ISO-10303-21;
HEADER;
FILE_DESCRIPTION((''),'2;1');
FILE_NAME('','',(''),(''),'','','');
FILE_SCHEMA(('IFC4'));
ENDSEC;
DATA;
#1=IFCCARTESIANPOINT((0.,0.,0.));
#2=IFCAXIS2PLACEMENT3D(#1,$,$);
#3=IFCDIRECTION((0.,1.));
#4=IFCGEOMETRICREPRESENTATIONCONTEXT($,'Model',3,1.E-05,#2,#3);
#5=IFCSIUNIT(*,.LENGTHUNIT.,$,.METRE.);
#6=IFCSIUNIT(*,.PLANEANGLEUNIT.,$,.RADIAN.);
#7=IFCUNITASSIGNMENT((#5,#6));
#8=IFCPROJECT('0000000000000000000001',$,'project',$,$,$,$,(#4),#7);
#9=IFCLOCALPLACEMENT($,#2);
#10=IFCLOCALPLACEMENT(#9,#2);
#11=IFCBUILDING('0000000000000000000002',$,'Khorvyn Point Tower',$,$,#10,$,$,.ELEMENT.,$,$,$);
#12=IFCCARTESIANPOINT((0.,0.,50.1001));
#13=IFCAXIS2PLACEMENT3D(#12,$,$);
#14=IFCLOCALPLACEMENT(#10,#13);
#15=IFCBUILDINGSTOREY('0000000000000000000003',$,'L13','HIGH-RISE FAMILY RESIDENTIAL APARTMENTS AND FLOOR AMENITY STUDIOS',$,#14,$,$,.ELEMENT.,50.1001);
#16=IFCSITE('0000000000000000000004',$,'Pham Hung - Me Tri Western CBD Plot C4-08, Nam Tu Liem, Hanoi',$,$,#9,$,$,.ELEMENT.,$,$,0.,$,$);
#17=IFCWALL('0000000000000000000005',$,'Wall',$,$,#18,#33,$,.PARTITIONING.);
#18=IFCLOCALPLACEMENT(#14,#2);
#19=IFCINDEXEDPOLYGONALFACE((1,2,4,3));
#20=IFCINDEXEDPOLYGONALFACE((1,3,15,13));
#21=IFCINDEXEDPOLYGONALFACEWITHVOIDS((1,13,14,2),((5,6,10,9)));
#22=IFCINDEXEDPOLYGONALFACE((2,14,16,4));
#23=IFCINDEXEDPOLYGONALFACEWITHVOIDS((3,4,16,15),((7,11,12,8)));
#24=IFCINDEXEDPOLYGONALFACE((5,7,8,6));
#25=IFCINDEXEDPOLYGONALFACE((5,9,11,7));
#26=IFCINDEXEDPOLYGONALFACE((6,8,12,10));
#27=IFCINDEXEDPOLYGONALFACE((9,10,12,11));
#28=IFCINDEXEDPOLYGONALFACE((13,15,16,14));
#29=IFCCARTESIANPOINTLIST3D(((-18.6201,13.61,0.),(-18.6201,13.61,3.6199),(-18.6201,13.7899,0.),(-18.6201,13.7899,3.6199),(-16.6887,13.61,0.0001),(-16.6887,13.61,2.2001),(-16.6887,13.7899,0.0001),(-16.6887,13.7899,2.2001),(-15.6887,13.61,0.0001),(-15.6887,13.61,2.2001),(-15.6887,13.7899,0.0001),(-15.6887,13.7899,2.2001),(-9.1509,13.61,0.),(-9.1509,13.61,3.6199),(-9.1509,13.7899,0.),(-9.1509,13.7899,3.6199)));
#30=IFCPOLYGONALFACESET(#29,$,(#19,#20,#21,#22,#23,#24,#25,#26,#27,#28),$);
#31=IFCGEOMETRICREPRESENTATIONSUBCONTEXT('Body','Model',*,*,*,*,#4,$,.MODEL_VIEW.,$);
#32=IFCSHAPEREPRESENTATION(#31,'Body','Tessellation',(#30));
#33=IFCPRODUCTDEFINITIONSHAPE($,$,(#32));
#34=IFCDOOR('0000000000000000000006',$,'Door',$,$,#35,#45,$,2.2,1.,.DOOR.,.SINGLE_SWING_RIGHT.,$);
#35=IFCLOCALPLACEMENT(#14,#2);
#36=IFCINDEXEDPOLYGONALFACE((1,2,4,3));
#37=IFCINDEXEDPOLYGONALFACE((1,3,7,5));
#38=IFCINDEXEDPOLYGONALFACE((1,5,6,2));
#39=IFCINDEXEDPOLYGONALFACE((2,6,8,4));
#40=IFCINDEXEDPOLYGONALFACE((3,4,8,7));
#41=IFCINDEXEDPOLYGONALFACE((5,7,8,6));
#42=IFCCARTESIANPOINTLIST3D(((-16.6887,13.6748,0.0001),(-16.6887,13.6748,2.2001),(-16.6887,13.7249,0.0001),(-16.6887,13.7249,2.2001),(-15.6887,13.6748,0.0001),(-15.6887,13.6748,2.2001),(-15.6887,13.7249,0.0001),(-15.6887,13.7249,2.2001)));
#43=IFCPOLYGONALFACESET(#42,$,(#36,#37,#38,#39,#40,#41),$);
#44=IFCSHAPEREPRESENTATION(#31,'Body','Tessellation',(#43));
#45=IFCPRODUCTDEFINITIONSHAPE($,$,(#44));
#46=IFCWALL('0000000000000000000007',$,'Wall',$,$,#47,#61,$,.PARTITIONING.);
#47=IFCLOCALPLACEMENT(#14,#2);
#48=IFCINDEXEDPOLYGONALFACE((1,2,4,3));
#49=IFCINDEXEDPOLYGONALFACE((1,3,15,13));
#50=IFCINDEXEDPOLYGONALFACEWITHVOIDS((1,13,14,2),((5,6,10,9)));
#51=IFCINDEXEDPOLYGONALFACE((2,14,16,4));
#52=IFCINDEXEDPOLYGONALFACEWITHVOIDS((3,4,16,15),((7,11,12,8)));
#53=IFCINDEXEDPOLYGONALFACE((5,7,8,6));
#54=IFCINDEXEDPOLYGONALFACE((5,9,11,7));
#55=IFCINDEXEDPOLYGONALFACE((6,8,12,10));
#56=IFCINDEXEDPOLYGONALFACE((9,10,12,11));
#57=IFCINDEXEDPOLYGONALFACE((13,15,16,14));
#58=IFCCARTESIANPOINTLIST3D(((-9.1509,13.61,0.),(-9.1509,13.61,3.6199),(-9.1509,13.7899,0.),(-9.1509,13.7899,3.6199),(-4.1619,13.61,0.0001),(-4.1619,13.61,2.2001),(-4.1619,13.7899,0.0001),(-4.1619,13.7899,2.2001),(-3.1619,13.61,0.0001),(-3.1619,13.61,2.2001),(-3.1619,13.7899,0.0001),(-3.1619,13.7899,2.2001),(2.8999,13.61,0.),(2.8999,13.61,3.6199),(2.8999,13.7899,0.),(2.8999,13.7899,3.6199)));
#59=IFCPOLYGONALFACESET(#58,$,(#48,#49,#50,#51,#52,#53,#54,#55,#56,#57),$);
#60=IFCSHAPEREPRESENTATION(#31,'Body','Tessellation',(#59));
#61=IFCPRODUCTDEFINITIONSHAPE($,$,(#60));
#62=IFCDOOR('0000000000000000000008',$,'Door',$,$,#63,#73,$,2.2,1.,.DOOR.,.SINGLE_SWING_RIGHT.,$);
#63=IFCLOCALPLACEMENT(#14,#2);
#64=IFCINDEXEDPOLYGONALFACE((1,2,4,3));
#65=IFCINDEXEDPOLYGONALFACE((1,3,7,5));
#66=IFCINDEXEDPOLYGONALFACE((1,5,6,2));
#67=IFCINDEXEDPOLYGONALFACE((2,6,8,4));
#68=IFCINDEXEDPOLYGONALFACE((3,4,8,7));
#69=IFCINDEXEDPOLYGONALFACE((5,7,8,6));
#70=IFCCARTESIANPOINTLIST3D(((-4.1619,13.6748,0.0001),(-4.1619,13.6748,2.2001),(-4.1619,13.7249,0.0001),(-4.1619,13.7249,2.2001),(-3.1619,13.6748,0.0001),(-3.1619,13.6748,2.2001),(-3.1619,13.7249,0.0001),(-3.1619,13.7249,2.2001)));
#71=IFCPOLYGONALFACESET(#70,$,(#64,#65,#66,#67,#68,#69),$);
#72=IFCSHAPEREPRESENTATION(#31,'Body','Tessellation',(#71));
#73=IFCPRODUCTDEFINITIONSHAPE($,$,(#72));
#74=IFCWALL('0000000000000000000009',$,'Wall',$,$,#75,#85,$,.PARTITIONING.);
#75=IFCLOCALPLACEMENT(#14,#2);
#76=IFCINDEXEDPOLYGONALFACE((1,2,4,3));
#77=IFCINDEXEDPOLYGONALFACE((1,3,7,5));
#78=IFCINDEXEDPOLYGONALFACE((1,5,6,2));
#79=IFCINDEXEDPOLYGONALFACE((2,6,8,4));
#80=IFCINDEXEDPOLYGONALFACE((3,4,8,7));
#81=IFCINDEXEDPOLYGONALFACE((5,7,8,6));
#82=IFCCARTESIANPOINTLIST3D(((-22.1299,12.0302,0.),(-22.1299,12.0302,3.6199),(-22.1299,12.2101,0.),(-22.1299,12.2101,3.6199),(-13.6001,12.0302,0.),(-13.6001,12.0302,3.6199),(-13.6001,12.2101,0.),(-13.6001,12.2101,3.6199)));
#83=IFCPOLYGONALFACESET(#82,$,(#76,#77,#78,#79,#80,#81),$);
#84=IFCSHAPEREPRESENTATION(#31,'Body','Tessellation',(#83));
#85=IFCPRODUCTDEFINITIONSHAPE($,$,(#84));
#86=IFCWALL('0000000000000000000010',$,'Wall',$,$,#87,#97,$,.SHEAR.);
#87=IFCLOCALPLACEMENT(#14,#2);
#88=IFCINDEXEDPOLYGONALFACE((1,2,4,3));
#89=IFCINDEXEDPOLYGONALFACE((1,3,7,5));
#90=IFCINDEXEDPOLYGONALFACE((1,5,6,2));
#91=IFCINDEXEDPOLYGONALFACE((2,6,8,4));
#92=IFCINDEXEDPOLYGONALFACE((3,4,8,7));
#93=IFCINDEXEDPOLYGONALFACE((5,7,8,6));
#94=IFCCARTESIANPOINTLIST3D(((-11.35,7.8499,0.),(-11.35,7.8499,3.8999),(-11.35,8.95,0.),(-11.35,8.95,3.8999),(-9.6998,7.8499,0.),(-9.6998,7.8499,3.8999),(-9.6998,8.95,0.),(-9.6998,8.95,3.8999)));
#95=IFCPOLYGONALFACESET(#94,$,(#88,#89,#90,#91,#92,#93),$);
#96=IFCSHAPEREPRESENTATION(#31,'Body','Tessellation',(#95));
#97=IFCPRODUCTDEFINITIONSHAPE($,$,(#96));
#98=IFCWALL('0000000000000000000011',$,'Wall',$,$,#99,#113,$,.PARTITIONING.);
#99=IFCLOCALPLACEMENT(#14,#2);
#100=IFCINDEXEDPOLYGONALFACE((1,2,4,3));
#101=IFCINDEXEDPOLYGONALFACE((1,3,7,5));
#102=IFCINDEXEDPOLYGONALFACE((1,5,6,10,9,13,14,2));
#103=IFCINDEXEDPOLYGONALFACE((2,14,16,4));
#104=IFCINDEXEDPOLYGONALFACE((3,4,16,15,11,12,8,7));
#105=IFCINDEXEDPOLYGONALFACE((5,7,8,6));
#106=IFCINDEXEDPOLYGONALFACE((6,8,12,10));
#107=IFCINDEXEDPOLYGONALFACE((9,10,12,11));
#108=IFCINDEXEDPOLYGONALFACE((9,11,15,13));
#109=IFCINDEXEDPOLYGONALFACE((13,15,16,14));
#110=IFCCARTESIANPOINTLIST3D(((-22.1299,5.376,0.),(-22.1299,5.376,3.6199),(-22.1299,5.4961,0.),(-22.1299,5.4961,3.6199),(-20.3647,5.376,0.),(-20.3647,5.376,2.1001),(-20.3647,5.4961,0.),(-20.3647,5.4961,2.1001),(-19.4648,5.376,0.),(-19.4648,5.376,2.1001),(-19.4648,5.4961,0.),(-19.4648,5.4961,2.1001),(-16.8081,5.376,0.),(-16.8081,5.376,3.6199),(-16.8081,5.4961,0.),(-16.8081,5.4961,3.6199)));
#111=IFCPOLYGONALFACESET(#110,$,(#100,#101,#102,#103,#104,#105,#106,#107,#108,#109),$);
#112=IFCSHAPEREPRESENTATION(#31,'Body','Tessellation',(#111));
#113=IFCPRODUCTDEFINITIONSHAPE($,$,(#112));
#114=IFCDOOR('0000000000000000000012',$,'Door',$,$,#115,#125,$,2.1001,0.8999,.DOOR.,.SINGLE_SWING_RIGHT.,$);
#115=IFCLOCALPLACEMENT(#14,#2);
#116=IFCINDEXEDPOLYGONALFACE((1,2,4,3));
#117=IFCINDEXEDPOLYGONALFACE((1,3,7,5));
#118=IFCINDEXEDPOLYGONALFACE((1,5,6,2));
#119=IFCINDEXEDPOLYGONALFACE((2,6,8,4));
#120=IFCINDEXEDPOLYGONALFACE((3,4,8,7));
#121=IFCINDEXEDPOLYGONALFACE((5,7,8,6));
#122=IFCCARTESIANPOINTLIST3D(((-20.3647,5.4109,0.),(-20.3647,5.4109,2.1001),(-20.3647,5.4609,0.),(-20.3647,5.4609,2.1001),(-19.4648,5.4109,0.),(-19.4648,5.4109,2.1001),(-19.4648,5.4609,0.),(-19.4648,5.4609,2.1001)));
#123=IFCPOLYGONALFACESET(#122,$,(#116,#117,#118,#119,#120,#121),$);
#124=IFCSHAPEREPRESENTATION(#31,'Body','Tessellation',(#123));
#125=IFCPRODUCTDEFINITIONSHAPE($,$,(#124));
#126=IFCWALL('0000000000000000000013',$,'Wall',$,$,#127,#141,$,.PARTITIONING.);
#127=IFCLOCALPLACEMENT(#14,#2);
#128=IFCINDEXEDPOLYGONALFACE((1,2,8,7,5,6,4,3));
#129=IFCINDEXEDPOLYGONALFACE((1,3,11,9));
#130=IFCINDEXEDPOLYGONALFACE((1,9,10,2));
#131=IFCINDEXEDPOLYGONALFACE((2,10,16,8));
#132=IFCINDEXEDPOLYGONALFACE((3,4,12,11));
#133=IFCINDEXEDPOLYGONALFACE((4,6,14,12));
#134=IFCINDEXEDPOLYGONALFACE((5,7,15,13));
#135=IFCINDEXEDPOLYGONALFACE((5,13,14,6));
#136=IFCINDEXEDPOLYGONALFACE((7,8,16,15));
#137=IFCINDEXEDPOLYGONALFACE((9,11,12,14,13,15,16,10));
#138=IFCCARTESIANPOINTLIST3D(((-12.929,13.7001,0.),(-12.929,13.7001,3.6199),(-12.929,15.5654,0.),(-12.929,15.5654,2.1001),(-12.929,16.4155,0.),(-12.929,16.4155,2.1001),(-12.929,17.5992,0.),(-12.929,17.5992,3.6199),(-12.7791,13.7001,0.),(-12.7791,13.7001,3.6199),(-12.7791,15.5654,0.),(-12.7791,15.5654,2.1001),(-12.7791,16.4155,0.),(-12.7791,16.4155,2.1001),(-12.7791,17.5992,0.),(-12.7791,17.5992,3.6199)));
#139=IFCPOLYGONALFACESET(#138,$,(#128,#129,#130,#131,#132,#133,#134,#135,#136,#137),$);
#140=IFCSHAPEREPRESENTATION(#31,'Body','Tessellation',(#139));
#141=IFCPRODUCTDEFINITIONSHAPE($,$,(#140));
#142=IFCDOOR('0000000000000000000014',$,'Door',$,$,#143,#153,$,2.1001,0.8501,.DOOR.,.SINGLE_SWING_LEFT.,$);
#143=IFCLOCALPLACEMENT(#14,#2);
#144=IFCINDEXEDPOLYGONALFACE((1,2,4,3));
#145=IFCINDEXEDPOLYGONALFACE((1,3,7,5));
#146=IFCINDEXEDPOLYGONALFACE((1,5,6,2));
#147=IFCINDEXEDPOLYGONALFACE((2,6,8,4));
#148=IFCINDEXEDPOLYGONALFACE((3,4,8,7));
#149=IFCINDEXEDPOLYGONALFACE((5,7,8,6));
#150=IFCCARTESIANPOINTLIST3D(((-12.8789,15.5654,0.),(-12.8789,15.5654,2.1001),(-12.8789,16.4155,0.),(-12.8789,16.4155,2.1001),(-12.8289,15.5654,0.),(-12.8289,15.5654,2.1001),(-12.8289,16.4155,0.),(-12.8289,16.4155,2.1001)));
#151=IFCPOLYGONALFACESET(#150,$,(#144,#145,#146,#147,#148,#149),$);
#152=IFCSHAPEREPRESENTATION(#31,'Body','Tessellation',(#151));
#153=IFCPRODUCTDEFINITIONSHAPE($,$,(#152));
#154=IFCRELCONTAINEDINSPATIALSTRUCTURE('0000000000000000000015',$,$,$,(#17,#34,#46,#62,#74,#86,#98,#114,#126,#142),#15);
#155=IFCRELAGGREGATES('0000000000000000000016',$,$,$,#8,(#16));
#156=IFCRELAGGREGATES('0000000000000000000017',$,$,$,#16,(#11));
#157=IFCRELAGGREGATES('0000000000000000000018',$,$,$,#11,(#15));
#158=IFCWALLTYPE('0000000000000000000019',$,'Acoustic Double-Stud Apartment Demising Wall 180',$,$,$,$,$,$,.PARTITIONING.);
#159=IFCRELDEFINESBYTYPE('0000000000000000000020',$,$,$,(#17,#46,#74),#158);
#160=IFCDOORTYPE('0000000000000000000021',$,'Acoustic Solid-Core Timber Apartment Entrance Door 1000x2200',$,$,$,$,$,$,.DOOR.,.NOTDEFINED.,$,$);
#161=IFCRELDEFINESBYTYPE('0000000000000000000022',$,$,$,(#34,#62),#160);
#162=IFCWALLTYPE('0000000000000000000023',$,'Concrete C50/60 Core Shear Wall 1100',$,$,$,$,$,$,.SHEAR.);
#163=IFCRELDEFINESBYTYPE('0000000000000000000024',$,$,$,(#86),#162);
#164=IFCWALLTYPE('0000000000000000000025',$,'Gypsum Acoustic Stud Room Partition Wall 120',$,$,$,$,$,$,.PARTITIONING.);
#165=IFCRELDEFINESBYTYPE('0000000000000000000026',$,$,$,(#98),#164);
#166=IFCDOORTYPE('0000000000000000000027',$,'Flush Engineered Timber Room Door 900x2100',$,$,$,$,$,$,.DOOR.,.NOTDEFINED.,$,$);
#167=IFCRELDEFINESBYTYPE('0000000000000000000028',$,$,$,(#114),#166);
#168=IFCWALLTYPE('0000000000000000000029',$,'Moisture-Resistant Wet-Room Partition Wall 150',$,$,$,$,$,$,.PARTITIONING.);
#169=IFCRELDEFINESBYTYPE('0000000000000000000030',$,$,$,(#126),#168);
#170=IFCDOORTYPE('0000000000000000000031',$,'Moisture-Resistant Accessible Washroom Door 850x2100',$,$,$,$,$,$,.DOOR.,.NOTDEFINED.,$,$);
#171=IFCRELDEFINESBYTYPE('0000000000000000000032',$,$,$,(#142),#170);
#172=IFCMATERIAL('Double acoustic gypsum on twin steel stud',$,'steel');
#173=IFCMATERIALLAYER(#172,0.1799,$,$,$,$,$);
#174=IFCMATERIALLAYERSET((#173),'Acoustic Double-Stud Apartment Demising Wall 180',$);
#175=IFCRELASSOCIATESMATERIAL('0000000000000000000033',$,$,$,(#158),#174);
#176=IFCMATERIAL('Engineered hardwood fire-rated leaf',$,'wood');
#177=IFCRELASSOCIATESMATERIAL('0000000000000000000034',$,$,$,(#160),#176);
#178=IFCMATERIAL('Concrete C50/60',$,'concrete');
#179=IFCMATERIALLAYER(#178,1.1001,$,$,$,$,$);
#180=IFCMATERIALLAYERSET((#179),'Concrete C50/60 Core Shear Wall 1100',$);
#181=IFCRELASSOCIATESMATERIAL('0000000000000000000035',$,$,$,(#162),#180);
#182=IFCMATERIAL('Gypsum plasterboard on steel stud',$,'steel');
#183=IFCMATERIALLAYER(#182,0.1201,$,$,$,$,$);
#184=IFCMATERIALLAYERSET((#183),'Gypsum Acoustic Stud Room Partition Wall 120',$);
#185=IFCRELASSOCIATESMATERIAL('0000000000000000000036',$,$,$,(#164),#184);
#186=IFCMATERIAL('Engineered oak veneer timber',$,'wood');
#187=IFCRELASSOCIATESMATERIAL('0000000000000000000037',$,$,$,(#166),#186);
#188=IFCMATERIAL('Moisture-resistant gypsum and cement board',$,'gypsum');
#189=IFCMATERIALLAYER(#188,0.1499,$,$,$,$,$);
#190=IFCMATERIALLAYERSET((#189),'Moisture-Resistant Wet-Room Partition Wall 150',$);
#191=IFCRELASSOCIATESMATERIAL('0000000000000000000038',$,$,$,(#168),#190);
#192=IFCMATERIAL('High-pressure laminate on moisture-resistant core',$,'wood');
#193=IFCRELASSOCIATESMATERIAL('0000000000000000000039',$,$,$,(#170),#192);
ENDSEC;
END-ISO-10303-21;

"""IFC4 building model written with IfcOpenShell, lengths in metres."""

from ifc_helpers import new_model, si_unit, direction, frame, frame_2d, origin, place, context, subcontext, project, spatial, rectangle, extrude, material, layer, layer_set, type_object, element, fill, save


model = new_model("IFC4")

# Units and contexts
model_context = context("Model", 3, precision=1e-05, world=origin(), true_north=direction((0.0, 1.0)))
body_context = subcontext(model_context, "Body", "Model", "MODEL_VIEW")
ifc_project = project(units=[si_unit("LENGTHUNIT", "METRE"), si_unit("PLANEANGLEUNIT", "RADIAN")], contexts=[model_context])

# Site, building, storey
site_placement = place(None, origin())
site = spatial("IfcSite", under=ifc_project, at=site_placement, Name="Pham Hung - Me Tri Western CBD Plot C4-08, Nam Tu Liem, Hanoi", CompositionType="ELEMENT", RefElevation=0.0)
building_placement = place(site_placement, origin())
building = spatial("IfcBuilding", under=site, at=building_placement, Name="Khorvyn Point Tower", CompositionType="ELEMENT")
storey_placement = place(building_placement, frame((0.0, 0.0, 50.1001)))
storey = spatial("IfcBuildingStorey", under=building, at=storey_placement, Name="L13", Description="HIGH-RISE FAMILY RESIDENTIAL APARTMENTS AND FLOOR AMENITY STUDIOS", CompositionType="ELEMENT", Elevation=50.1001)

# Shared definitions
ifc_material_1 = material(Name="Concrete C50/60", Category="concrete")

# Walls, openings, doors
ifc_material_2 = material(Name="Double acoustic gypsum on twin steel stud", Category="steel")
ifc_layer_1 = layer(ifc_material_2, 0.1799)
ifc_layer_set_1 = layer_set([ifc_layer_1], Name="Acoustic Double-Stud Apartment Demising Wall 180")
wall_type_1 = type_object("IfcWallType", Name="Acoustic Double-Stud Apartment Demising Wall 180", PredefinedType="PARTITIONING", material=ifc_layer_set_1)
wall_1_placement = place(storey_placement, frame((-18.6201, 13.7, 0.0), z_axis=(0.0, 0.0, 1.0), x_axis=(1.0, 0.0, 0.0)))
wall_1 = element("IfcWall", 1, at=wall_1_placement, inside=storey, type_object=wall_type_1, Name="Wall", PredefinedType="PARTITIONING", context=body_context, shape_type="SweptSolid", body=[
    extrude(rectangle(XDim=9.4692, YDim=0.1799, at=frame_2d((4.7346, 0.0))), origin(), (0.0, 0.0, 1.0), 3.6199),
])
opening_1_placement = place(wall_1_placement, frame((1.9314, 0.0, 0.0)))
opening_1 = element("IfcOpeningElement", 2, at=opening_1_placement, cuts=wall_1, PredefinedType="OPENING", context=body_context, shape_type="SweptSolid", body=[
    extrude(rectangle(XDim=1.0, YDim=2.2, at=frame_2d((0.5, 1.1001))), frame((0.0, 0.0999, 0.0), z_axis=(0.0, -1.0, 0.0), x_axis=(1.0, 0.0, 0.0)), (0.0, 0.0, 1.0), 0.2),
])
ifc_material_3 = material(Name="Engineered hardwood fire-rated leaf", Category="wood")
door_type_1 = type_object("IfcDoorType", Name="Acoustic Solid-Core Timber Apartment Entrance Door 1000x2200", OperationType="NOTDEFINED", PredefinedType="DOOR", material=ifc_material_3)
door_1_placement = place(opening_1_placement, origin())
door_1 = element("IfcDoor", 3, at=door_1_placement, inside=storey, type_object=door_type_1, Name="Door", OperationType="SINGLE_SWING_RIGHT", OverallHeight=2.2, OverallWidth=1.0, PredefinedType="DOOR", context=body_context, shape_type="SweptSolid", body=[
    extrude(rectangle(XDim=1.0, YDim=2.2, at=frame_2d((0.5, 1.1001))), frame((0.0, 0.0249, 0.0), z_axis=(0.0, -1.0, 0.0), x_axis=(1.0, 0.0, 0.0)), (0.0, 0.0, 1.0), 0.05),
])
fill(opening_1, door_1)
wall_2_placement = place(storey_placement, frame((-9.1509, 13.7, 0.0), z_axis=(0.0, 0.0, 1.0), x_axis=(1.0, 0.0, 0.0)))
wall_2 = element("IfcWall", 4, at=wall_2_placement, inside=storey, type_object=wall_type_1, Name="Wall", PredefinedType="PARTITIONING", context=body_context, shape_type="SweptSolid", body=[
    extrude(rectangle(XDim=12.0508, YDim=0.1799, at=frame_2d((6.0254, 0.0))), origin(), (0.0, 0.0, 1.0), 3.6199),
])
opening_2_placement = place(wall_2_placement, frame((4.989, 0.0, 0.0)))
opening_2 = element("IfcOpeningElement", 5, at=opening_2_placement, cuts=wall_2, PredefinedType="OPENING", context=body_context, shape_type="SweptSolid", body=[
    extrude(rectangle(XDim=1.0, YDim=2.2, at=frame_2d((0.5, 1.1001))), frame((0.0, 0.0999, 0.0), z_axis=(0.0, -1.0, 0.0), x_axis=(1.0, 0.0, 0.0)), (0.0, 0.0, 1.0), 0.2),
])
door_2_placement = place(opening_2_placement, origin())
door_2 = element("IfcDoor", 6, at=door_2_placement, inside=storey, type_object=door_type_1, Name="Door", OperationType="SINGLE_SWING_RIGHT", OverallHeight=2.2, OverallWidth=1.0, PredefinedType="DOOR", context=body_context, shape_type="SweptSolid", body=[
    extrude(rectangle(XDim=1.0, YDim=2.2, at=frame_2d((0.5, 1.1001))), frame((0.0, 0.0249, 0.0), z_axis=(0.0, -1.0, 0.0), x_axis=(1.0, 0.0, 0.0)), (0.0, 0.0, 1.0), 0.05),
])
fill(opening_2, door_2)

# Wall
wall_3_placement = place(storey_placement, frame((-22.1299, 12.1201, 0.0), z_axis=(0.0, 0.0, 1.0), x_axis=(1.0, 0.0, 0.0)))
element("IfcWall", 7, at=wall_3_placement, inside=storey, type_object=wall_type_1, Name="Wall", PredefinedType="PARTITIONING", context=body_context, shape_type="SweptSolid", body=[
    extrude(rectangle(XDim=8.5298, YDim=0.1799, at=frame_2d((4.2649, 0.0))), origin(), (0.0, 0.0, 1.0), 3.6199),
])

# Wall
ifc_layer_2 = layer(ifc_material_1, 1.1001)
ifc_layer_set_2 = layer_set([ifc_layer_2], Name="Concrete C50/60 Core Shear Wall 1100")
wall_type_2 = type_object("IfcWallType", Name="Concrete C50/60 Core Shear Wall 1100", PredefinedType="SHEAR", material=ifc_layer_set_2)
wall_4_placement = place(storey_placement, frame((-11.3501, 8.3999, 0.0), z_axis=(0.0, 0.0, 1.0), x_axis=(1.0, 0.0, 0.0)))
element("IfcWall", 8, at=wall_4_placement, inside=storey, type_object=wall_type_2, Name="Wall", PredefinedType="SHEAR", context=body_context, shape_type="SweptSolid", body=[
    extrude(rectangle(XDim=1.6501, YDim=1.1001, at=frame_2d((0.8252, 0.0))), origin(), (0.0, 0.0, 1.0), 3.8999),
])

# Walls, openings, doors
ifc_material_4 = material(Name="Gypsum plasterboard on steel stud", Category="steel")
ifc_layer_3 = layer(ifc_material_4, 0.1201)
ifc_layer_set_3 = layer_set([ifc_layer_3], Name="Gypsum Acoustic Stud Room Partition Wall 120")
wall_type_3 = type_object("IfcWallType", Name="Gypsum Acoustic Stud Room Partition Wall 120", PredefinedType="PARTITIONING", material=ifc_layer_set_3)
wall_5_placement = place(storey_placement, frame((-22.1299, 5.436, 0.0), z_axis=(0.0, 0.0, 1.0), x_axis=(1.0, 0.0, 0.0)))
wall_5 = element("IfcWall", 9, at=wall_5_placement, inside=storey, type_object=wall_type_3, Name="Wall", PredefinedType="PARTITIONING", context=body_context, shape_type="SweptSolid", body=[
    extrude(rectangle(XDim=5.3218, YDim=0.1201, at=frame_2d((2.6609, 0.0))), origin(), (0.0, 0.0, 1.0), 3.6199),
])
opening_3_placement = place(wall_5_placement, frame((1.7651, 0.0, 0.0)))
opening_3 = element("IfcOpeningElement", 10, at=opening_3_placement, cuts=wall_5, PredefinedType="OPENING", context=body_context, shape_type="SweptSolid", body=[
    extrude(rectangle(XDim=0.8999, YDim=2.1001, at=frame_2d((0.45, 1.05))), frame((0.0, 0.0701, 0.0), z_axis=(0.0, -1.0, 0.0), x_axis=(1.0, 0.0, 0.0)), (0.0, 0.0, 1.0), 0.1401),
])
ifc_material_5 = material(Name="Engineered oak veneer timber", Category="wood")
door_type_2 = type_object("IfcDoorType", Name="Flush Engineered Timber Room Door 900x2100", OperationType="NOTDEFINED", PredefinedType="DOOR", material=ifc_material_5)
door_3_placement = place(opening_3_placement, origin())
door_3 = element("IfcDoor", 11, at=door_3_placement, inside=storey, type_object=door_type_2, Name="Door", OperationType="SINGLE_SWING_RIGHT", OverallHeight=2.1001, OverallWidth=0.8999, PredefinedType="DOOR", context=body_context, shape_type="SweptSolid", body=[
    extrude(rectangle(XDim=0.8999, YDim=2.1001, at=frame_2d((0.45, 1.05))), frame((0.0, 0.0249, 0.0), z_axis=(0.0, -1.0, 0.0), x_axis=(1.0, 0.0, 0.0)), (0.0, 0.0, 1.0), 0.05),
])
fill(opening_3, door_3)
ifc_material_6 = material(Name="Moisture-resistant gypsum and cement board", Category="gypsum")
ifc_layer_4 = layer(ifc_material_6, 0.1499)
ifc_layer_set_4 = layer_set([ifc_layer_4], Name="Moisture-Resistant Wet-Room Partition Wall 150")
wall_type_4 = type_object("IfcWallType", Name="Moisture-Resistant Wet-Room Partition Wall 150", PredefinedType="PARTITIONING", material=ifc_layer_set_4)
wall_6_placement = place(storey_placement, frame((-12.854, 13.7, 0.0), z_axis=(0.0, 0.0, 1.0), x_axis=(0.0, 1.0, 0.0)))
wall_6 = element("IfcWall", 12, at=wall_6_placement, inside=storey, type_object=wall_type_4, Name="Wall", PredefinedType="PARTITIONING", context=body_context, shape_type="SweptSolid", body=[
    extrude(rectangle(XDim=3.8992, YDim=0.1499, at=frame_2d((1.9497, 0.0))), origin(), (0.0, 0.0, 1.0), 3.6199),
])
opening_4_placement = place(wall_6_placement, frame((1.8655, 0.0, 0.0)))
opening_4 = element("IfcOpeningElement", 13, at=opening_4_placement, cuts=wall_6, PredefinedType="OPENING", context=body_context, shape_type="SweptSolid", body=[
    extrude(rectangle(XDim=0.8501, YDim=2.1001, at=frame_2d((0.425, 1.05))), frame((0.0, 0.085, 0.0), z_axis=(0.0, -1.0, 0.0), x_axis=(1.0, 0.0, 0.0)), (0.0, 0.0, 1.0), 0.1699),
])
ifc_material_7 = material(Name="High-pressure laminate on moisture-resistant core", Category="wood")
door_type_3 = type_object("IfcDoorType", Name="Moisture-Resistant Accessible Washroom Door 850x2100", OperationType="NOTDEFINED", PredefinedType="DOOR", material=ifc_material_7)
door_4_placement = place(opening_4_placement, origin())
door_4 = element("IfcDoor", 14, at=door_4_placement, inside=storey, type_object=door_type_3, Name="Door", OperationType="SINGLE_SWING_LEFT", OverallHeight=2.1001, OverallWidth=0.8501, PredefinedType="DOOR", context=body_context, shape_type="SweptSolid", body=[
    extrude(rectangle(XDim=0.8501, YDim=2.1001, at=frame_2d((0.425, 1.05))), frame((0.0, 0.0249, 0.0), z_axis=(0.0, -1.0, 0.0), x_axis=(1.0, 0.0, 0.0)), (0.0, 0.0, 1.0), 0.05),
])
fill(opening_4, door_4)

save(model, "model.ifc")
